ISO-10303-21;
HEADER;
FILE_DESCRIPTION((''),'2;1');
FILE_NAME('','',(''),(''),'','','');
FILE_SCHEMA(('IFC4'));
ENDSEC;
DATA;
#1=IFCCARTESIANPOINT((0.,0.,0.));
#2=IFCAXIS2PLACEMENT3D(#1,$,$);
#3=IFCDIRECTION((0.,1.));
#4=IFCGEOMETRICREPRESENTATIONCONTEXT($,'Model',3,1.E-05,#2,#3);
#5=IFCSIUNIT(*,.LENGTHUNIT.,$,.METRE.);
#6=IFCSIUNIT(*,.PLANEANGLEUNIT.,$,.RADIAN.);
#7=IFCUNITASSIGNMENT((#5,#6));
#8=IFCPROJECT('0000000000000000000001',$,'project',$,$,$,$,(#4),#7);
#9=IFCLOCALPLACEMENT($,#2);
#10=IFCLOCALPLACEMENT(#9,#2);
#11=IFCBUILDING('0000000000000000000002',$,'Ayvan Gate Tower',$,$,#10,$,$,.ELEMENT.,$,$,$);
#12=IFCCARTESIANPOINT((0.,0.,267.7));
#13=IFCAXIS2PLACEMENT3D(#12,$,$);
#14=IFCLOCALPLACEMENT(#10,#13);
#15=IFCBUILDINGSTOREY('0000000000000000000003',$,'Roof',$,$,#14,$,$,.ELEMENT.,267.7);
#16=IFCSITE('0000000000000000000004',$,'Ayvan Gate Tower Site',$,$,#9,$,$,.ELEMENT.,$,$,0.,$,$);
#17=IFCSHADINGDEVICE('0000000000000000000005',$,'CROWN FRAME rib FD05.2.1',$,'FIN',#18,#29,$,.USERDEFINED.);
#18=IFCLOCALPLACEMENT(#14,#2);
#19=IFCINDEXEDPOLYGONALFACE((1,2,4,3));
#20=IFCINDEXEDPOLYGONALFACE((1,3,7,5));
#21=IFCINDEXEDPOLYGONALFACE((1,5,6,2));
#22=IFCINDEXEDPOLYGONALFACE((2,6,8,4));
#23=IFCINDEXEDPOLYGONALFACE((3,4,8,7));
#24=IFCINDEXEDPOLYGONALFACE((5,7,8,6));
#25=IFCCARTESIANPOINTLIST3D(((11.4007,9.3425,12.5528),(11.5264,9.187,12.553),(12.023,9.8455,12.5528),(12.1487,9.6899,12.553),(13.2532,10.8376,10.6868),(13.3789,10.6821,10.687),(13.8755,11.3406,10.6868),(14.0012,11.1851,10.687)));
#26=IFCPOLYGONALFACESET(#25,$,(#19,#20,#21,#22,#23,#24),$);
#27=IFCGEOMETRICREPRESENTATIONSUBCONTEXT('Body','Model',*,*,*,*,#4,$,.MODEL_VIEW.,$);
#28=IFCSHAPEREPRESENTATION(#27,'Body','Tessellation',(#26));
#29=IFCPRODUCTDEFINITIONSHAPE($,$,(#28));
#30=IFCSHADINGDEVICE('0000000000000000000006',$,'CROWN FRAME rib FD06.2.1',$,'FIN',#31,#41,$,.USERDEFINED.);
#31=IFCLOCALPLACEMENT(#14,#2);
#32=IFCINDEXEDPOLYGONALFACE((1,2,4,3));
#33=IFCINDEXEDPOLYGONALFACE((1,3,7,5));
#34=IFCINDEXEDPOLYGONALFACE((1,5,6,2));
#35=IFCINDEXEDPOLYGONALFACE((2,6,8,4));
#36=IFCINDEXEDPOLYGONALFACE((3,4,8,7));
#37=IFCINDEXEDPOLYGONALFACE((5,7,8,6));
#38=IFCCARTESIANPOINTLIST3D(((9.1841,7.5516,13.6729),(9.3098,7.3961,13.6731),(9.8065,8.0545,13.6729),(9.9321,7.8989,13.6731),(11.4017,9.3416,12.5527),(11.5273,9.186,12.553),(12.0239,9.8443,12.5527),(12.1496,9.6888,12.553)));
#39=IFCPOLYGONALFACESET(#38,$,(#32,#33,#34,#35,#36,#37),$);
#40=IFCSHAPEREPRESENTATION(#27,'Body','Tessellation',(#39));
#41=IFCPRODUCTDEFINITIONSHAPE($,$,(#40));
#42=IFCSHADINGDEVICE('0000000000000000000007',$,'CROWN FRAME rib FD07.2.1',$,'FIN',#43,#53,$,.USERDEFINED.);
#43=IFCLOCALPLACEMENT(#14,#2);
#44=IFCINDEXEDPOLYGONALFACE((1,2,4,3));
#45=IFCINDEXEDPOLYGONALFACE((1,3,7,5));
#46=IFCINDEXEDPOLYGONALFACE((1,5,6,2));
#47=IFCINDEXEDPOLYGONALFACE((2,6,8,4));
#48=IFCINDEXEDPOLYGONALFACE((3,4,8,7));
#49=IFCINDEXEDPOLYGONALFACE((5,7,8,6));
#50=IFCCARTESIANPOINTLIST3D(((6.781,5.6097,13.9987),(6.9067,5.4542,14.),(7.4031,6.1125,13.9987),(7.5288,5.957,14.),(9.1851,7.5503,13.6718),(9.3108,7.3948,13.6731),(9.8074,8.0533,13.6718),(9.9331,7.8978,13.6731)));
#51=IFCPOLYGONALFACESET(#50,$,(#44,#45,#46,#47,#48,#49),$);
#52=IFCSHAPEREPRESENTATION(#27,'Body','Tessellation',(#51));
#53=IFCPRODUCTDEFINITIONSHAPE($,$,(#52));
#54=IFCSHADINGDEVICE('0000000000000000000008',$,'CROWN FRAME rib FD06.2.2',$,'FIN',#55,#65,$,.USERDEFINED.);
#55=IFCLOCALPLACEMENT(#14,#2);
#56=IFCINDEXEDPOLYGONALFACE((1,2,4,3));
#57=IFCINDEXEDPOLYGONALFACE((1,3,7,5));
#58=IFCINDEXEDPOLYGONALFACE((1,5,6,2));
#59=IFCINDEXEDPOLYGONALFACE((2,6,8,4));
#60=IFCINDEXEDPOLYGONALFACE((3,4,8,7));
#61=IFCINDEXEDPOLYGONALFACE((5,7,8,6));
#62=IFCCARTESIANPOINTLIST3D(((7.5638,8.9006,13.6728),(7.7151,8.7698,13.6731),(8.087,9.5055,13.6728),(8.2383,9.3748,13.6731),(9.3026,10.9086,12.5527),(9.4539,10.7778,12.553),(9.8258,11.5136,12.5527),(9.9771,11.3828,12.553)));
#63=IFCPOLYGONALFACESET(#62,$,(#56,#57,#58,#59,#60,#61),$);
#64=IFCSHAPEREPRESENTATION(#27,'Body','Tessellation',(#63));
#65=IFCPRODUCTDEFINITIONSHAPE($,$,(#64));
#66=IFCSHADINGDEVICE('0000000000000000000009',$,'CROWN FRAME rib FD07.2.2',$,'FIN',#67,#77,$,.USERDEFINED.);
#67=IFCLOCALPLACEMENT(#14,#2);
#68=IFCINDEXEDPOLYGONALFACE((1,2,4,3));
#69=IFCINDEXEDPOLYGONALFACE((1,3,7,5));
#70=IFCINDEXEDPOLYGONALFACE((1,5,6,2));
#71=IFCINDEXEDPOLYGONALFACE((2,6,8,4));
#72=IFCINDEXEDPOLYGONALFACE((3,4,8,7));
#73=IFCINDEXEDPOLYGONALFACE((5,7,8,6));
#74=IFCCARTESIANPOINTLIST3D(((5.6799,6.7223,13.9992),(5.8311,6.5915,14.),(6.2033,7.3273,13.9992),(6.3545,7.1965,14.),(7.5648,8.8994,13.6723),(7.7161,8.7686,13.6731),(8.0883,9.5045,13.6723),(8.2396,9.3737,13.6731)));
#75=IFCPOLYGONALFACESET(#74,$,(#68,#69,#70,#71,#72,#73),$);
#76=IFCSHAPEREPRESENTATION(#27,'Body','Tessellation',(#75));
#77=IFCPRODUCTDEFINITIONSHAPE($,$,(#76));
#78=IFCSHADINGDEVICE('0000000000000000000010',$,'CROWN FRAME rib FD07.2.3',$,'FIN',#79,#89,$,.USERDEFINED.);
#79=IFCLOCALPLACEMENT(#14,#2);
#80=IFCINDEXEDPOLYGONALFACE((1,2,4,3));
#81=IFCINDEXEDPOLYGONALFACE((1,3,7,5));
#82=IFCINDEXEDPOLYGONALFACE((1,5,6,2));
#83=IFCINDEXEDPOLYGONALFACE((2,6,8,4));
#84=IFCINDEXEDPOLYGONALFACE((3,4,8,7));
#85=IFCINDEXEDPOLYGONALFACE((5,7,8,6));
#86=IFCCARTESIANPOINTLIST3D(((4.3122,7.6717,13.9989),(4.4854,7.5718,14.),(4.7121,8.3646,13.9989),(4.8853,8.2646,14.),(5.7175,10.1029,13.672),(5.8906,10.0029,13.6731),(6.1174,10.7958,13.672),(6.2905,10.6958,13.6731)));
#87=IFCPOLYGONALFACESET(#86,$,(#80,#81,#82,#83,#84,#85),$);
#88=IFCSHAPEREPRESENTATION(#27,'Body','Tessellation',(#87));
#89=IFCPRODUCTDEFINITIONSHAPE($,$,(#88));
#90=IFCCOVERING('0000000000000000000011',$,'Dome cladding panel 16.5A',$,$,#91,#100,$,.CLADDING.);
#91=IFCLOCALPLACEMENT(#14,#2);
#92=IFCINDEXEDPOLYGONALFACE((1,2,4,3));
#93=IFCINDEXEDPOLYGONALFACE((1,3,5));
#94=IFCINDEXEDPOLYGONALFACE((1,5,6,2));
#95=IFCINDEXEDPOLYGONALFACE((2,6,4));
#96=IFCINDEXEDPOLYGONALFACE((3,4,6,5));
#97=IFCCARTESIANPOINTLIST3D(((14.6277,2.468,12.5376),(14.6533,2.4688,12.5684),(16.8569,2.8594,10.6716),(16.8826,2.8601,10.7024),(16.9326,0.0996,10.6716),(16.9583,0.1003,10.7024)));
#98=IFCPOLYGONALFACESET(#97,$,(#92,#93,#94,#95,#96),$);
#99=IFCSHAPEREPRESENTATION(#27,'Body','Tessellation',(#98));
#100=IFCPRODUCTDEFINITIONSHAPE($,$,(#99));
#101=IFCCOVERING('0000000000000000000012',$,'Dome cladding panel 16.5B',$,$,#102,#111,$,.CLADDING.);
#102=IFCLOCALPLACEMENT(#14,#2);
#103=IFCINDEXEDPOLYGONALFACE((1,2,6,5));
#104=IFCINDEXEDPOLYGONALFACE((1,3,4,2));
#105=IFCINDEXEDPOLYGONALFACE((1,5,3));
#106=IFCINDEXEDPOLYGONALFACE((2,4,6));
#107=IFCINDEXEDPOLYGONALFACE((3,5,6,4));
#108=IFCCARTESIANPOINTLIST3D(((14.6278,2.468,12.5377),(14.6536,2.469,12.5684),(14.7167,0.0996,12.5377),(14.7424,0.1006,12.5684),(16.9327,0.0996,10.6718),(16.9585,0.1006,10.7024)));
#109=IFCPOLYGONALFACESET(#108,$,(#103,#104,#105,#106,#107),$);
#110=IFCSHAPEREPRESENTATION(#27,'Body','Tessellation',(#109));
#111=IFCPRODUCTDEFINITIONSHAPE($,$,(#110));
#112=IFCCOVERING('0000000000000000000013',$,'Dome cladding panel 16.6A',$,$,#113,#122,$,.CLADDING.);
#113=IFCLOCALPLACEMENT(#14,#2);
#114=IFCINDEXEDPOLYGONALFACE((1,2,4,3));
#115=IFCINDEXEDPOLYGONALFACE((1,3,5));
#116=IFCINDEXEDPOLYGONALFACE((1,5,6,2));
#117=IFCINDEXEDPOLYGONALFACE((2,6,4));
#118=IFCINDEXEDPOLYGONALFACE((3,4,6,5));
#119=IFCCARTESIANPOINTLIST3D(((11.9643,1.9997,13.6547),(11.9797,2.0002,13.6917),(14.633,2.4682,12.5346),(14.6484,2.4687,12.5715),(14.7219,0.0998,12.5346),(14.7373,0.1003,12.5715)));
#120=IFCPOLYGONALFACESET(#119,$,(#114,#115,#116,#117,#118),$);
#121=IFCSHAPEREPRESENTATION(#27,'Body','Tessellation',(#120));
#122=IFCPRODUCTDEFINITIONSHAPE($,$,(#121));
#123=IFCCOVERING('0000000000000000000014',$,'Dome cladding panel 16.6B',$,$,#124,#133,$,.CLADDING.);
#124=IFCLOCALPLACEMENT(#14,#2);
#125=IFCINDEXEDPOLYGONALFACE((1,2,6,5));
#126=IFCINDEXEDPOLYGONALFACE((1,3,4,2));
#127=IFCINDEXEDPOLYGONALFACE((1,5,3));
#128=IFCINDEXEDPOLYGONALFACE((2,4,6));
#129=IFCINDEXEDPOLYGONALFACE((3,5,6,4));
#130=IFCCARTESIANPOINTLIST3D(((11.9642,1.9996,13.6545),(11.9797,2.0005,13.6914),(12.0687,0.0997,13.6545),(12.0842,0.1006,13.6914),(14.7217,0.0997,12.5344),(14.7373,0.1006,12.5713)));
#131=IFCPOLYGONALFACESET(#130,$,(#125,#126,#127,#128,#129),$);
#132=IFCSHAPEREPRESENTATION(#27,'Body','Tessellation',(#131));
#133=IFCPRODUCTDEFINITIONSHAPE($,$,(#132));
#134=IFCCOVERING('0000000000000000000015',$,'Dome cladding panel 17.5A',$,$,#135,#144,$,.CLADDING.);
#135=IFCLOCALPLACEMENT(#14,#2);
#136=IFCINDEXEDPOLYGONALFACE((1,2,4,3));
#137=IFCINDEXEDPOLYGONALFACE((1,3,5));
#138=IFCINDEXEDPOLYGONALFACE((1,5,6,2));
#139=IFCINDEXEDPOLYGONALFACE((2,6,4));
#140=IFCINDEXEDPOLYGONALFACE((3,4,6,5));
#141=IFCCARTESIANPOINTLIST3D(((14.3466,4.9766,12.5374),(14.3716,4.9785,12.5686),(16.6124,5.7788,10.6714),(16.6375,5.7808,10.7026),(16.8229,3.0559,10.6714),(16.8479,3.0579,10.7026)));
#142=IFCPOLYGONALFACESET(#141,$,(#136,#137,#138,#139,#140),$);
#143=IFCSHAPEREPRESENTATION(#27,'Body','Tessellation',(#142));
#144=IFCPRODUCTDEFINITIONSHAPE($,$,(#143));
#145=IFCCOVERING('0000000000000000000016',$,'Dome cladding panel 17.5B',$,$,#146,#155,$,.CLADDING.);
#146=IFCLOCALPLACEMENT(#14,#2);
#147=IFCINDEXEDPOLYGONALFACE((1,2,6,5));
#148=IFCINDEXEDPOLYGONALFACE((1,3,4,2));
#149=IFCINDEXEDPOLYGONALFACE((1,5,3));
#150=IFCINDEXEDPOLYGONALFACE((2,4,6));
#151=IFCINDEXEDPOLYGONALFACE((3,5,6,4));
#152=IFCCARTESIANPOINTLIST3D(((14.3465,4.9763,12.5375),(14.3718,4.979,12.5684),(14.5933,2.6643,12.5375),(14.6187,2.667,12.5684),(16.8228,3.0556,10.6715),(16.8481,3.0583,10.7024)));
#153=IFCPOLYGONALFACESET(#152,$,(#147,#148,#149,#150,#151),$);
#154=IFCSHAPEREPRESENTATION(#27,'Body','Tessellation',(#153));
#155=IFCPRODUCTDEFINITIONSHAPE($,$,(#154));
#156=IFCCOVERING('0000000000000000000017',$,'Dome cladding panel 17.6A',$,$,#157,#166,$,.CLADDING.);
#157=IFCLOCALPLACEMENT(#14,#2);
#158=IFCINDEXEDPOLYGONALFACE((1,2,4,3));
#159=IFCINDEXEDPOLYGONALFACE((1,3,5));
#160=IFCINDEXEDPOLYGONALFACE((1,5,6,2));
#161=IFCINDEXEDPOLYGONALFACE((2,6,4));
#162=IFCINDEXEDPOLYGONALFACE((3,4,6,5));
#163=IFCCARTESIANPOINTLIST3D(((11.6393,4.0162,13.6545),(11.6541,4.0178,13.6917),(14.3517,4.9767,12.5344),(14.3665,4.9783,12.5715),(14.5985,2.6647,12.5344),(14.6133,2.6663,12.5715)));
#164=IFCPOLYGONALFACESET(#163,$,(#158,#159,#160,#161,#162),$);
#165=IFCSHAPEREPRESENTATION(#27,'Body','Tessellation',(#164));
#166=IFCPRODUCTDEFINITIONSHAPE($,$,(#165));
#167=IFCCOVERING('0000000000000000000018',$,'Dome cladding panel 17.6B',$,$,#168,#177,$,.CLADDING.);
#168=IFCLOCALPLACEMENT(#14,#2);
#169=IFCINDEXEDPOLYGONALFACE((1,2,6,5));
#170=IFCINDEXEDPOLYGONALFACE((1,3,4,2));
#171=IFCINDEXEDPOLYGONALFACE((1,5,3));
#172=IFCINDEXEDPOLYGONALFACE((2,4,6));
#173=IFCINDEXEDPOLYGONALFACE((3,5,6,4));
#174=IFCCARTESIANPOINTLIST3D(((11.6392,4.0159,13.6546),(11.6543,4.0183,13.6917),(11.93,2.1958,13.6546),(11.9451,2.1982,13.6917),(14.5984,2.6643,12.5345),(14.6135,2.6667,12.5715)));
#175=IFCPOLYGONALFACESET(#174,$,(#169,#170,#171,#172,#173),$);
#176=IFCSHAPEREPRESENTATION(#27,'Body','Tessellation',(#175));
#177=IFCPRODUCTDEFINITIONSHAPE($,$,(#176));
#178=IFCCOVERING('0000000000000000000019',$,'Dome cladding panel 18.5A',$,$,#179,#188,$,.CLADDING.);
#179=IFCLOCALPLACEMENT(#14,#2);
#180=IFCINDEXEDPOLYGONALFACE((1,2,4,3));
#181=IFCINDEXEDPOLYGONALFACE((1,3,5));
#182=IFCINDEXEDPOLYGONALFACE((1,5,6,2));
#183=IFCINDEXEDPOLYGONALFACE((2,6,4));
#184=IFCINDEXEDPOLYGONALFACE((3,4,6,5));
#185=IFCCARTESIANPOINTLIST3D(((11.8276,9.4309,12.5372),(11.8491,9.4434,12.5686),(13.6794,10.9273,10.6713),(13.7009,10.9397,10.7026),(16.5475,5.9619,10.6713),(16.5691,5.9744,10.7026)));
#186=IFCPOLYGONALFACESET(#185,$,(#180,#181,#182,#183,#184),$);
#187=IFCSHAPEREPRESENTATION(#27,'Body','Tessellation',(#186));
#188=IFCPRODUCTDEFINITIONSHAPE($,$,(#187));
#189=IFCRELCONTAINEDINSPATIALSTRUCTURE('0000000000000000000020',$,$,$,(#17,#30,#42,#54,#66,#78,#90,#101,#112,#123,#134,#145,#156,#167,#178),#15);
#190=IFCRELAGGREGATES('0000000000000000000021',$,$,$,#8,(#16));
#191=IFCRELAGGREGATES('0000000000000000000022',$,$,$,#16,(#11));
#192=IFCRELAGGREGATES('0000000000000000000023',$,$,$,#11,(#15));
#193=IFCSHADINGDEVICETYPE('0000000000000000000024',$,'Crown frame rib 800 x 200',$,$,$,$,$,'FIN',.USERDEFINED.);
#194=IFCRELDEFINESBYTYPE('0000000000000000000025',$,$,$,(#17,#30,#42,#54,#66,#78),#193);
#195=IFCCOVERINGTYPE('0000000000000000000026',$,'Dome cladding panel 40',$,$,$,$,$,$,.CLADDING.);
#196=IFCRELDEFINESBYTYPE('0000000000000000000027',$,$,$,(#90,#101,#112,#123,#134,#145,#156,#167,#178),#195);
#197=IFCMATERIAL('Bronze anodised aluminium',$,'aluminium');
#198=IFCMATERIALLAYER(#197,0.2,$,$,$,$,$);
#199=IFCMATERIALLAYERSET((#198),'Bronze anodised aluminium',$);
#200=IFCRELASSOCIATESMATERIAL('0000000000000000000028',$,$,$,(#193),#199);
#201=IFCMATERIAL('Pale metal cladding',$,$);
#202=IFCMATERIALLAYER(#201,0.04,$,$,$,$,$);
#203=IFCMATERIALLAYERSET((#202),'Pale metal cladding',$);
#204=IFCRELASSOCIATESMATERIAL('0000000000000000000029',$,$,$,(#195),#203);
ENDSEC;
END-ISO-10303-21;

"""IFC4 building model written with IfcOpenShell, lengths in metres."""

from ifc_helpers import new_model, si_unit, direction, frame, origin, place, context, subcontext, project, spatial, polyline, outline, extrude, material, layer, layer_set, type_object, element, save


model = new_model("IFC4")

# Units and contexts
model_context = context("Model", 3, precision=1e-05, world=origin(), true_north=direction((0.0, 1.0)))
body_context = subcontext(model_context, "Body", "Model", "MODEL_VIEW")
ifc_project = project(units=[si_unit("LENGTHUNIT", "METRE"), si_unit("PLANEANGLEUNIT", "RADIAN")], contexts=[model_context])

# Site, building, storey
site_placement = place(None, origin())
site = spatial("IfcSite", under=ifc_project, at=site_placement, Name="Ayvan Gate Tower Site", CompositionType="ELEMENT", RefElevation=0.0)
building_placement = place(site_placement, origin())
building = spatial("IfcBuilding", under=site, at=building_placement, Name="Ayvan Gate Tower", CompositionType="ELEMENT")
storey_placement = place(building_placement, frame((0.0, 0.0, 267.7)))
storey = spatial("IfcBuildingStorey", under=building, at=storey_placement, Name="Roof", CompositionType="ELEMENT", Elevation=267.7)

# Shading devices
ifc_material_1 = material(Name="Bronze anodised aluminium", Category="aluminium")
ifc_layer_1 = layer(ifc_material_1, 0.2)
ifc_layer_set_1 = layer_set([ifc_layer_1], Name="Bronze anodised aluminium")
shading_device_type = type_object("IfcShadingDeviceType", Name="Crown frame rib 800 x 200", ElementType="FIN", PredefinedType="USERDEFINED", material=ifc_layer_set_1)
shading_device_1_placement = place(storey_placement, frame((13.3789, 10.6821, 10.687), z_axis=(0.628557, -0.777763, 0.000847), x_axis=(0.777763, 0.628557, 0.0)))
element("IfcShadingDevice", 1, at=shading_device_1_placement, inside=storey, type_object=shading_device_type, Name="CROWN FRAME rib FD05.2.1", ObjectType="FIN", PredefinedType="USERDEFINED", context=body_context, shape_type="SweptSolid", body=[
    extrude(outline(polyline([(0.0, 0.0), (0.8001, 0.0), (-1.5805, 1.866), (-2.3806, 1.866), (0.0, 0.0)])), origin(), (0.0, 0.0, -1.0), 0.2),
])
shading_device_2_placement = place(storey_placement, frame((11.5273, 9.186, 12.553), z_axis=(0.628464, -0.777837, 0.001227), x_axis=(0.777838, 0.628465, 0.0)))
element("IfcShadingDevice", 2, at=shading_device_2_placement, inside=storey, type_object=shading_device_type, Name="CROWN FRAME rib FD06.2.1", ObjectType="FIN", PredefinedType="USERDEFINED", context=body_context, shape_type="SweptSolid", body=[
    extrude(outline(polyline([(0.0, 0.0), (0.8, 0.0), (-2.0497, 1.1201), (-2.8499, 1.1201), (0.0, 0.0)])), origin(), (0.0, 0.0, -1.0), 0.2),
])
shading_device_3_placement = place(storey_placement, frame((9.3108, 7.3948, 13.6731), z_axis=(0.628619, -0.777687, 0.006341), x_axis=(0.777703, 0.628632, -0.000001)))
element("IfcShadingDevice", 3, at=shading_device_3_placement, inside=storey, type_object=shading_device_type, Name="CROWN FRAME rib FD07.2.1", ObjectType="FIN", PredefinedType="USERDEFINED", context=body_context, shape_type="SweptSolid", body=[
    extrude(outline(polyline([(0.0, 0.0), (0.8001, 0.0), (-2.2897, 0.3269), (-3.0896, 0.3269), (0.0, 0.0)])), origin(), (0.0, 0.0, -1.0), 0.2),
])
shading_device_4_placement = place(storey_placement, frame((9.4539, 10.7778, 12.553), z_axis=(0.756383, -0.654128, 0.001473), x_axis=(0.654128, 0.756384, 0.0)))
element("IfcShadingDevice", 4, at=shading_device_4_placement, inside=storey, type_object=shading_device_type, Name="CROWN FRAME rib FD06.2.2", ObjectType="FIN", PredefinedType="USERDEFINED", context=body_context, shape_type="SweptSolid", body=[
    extrude(outline(polyline([(0.0, 0.0), (0.7998, 0.0), (-1.8564, 1.1201), (-2.6562, 1.1201), (0.0, 0.0)])), origin(), (0.0, 0.0, -1.0), 0.2),
])
shading_device_5_placement = place(storey_placement, frame((7.7161, 8.7686, 13.6731), z_axis=(0.756292, -0.654222, 0.00396), x_axis=(0.654227, 0.756298, 0.0)))
element("IfcShadingDevice", 5, at=shading_device_5_placement, inside=storey, type_object=shading_device_type, Name="CROWN FRAME rib FD07.2.2", ObjectType="FIN", PredefinedType="USERDEFINED", context=body_context, shape_type="SweptSolid", body=[
    extrude(outline(polyline([(0.0, 0.0), (0.8002, 0.0), (-2.0797, 0.3269), (-2.8797, 0.3269), (0.0, 0.0)])), origin(), (0.0, 0.0, -1.0), 0.2),
])
shading_device_6_placement = place(storey_placement, frame((5.8906, 10.0029, 13.6731), z_axis=(0.866081, -0.499873, 0.005544), x_axis=(0.499881, 0.866094, 0.0)))
element("IfcShadingDevice", 6, at=shading_device_6_placement, inside=storey, type_object=shading_device_type, Name="CROWN FRAME rib FD07.2.3", ObjectType="FIN", PredefinedType="USERDEFINED", context=body_context, shape_type="SweptSolid", body=[
    extrude(outline(polyline([(0.0, 0.0), (0.8, 0.0), (-2.0081, 0.3269), (-2.8081, 0.3269), (0.0, 0.0)])), origin(), (0.0, 0.0, -1.0), 0.2),
])

# Coverings
ifc_material_2 = material(Name="Pale metal cladding")
ifc_layer_2 = layer(ifc_material_2, 0.04)
ifc_layer_set_2 = layer_set([ifc_layer_2], Name="Pale metal cladding")
covering_type = type_object("IfcCoveringType", Name="Dome cladding panel 40", PredefinedType="CLADDING", material=ifc_layer_set_2)
covering_1_placement = place(storey_placement, frame((16.9583, 0.1003, 10.7024), z_axis=(0.639947, 0.01755, 0.768218), x_axis=(-0.027414, 0.999624, 0.0)))
element("IfcCovering", 7, at=covering_1_placement, inside=storey, type_object=covering_type, Name="Dome cladding panel 16.5A", PredefinedType="CLADDING", context=body_context, shape_type="SweptSolid", body=[
    extrude(outline(polyline([(0.0, 0.0), (2.7608, 0.0), (2.4307, 2.9147), (0.0, 0.0)])), origin(), (0.0, 0.0, -1.0), 0.04),
])
covering_2_placement = place(storey_placement, frame((16.9585, 0.1006, 10.7024), z_axis=(0.643909, 0.024161, 0.764721), x_axis=(-0.607321, 0.624046, 0.491659)))
element("IfcCovering", 8, at=covering_2_placement, inside=storey, type_object=covering_type, Name="Dome cladding panel 16.5B", PredefinedType="CLADDING", context=body_context, shape_type="SweptSolid", body=[
    extrude(outline(polyline([(0.0, 0.0), (3.7952, 0.0), (2.2633, 1.8084), (0.0, 0.0)])), origin(), (0.0, 0.0, -1.0), 0.04),
])
covering_3_placement = place(storey_placement, frame((14.7373, 0.1003, 12.5715), z_axis=(0.384819, 0.014439, 0.922879), x_axis=(-0.037496, 0.999297, 0.0)))
element("IfcCovering", 9, at=covering_3_placement, inside=storey, type_object=covering_type, Name="Dome cladding panel 16.6A", PredefinedType="CLADDING", context=body_context, shape_type="SweptSolid", body=[
    extrude(outline(polyline([(0.0, 0.0), (2.3701, 0.0), (2.002, 2.9087), (0.0, 0.0)])), origin(), (0.0, 0.0, -1.0), 0.04),
])
covering_4_placement = place(storey_placement, frame((14.7373, 0.1006, 12.5713), z_axis=(0.388862, 0.021387, 0.921048), x_axis=(-0.780944, 0.538052, 0.317217)))
element("IfcCovering", 10, at=covering_4_placement, inside=storey, type_object=covering_type, Name="Dome cladding panel 16.6B", PredefinedType="CLADDING", context=body_context, shape_type="SweptSolid", body=[
    extrude(outline(polyline([(0.0, 0.0), (3.5311, 0.0), (2.4272, 1.5499), (0.0, 0.0)])), origin(), (0.0, 0.0, -1.0), 0.04),
])
covering_5_placement = place(storey_placement, frame((16.8479, 3.0579, 10.7026), z_axis=(0.624715, 0.048283, 0.779359), x_axis=(-0.077059, 0.997027, 0.0)))
element("IfcCovering", 11, at=covering_5_placement, inside=storey, type_object=covering_type, Name="Dome cladding panel 17.5A", PredefinedType="CLADDING", context=body_context, shape_type="SweptSolid", body=[
    extrude(outline(polyline([(0.0, 0.0), (2.731, 0.0), (2.1058, 2.978), (0.0, 0.0)])), origin(), (0.0, 0.0, -1.0), 0.04),
])
covering_6_placement = place(storey_placement, frame((16.8481, 3.0583, 10.7024), z_axis=(0.633343, 0.067615, 0.770912), x_axis=(-0.678943, 0.526594, 0.5116)))
element("IfcCovering", 12, at=covering_6_placement, inside=storey, type_object=covering_type, Name="Dome cladding panel 17.5B", PredefinedType="CLADDING", context=body_context, shape_type="SweptSolid", body=[
    extrude(outline(polyline([(0.0, 0.0), (3.6473, 0.0), (2.2622, 1.8676), (0.0, 0.0)])), origin(), (0.0, 0.0, -1.0), 0.04),
])
covering_7_placement = place(storey_placement, frame((14.6133, 2.6663, 12.5715), z_axis=(0.369436, 0.03944, 0.928419), x_axis=(-0.106155, 0.99435, 0.0)))
element("IfcCovering", 13, at=covering_7_placement, inside=storey, type_object=covering_type, Name="Dome cladding panel 17.6A", PredefinedType="CLADDING", context=body_context, shape_type="SweptSolid", body=[
    extrude(outline(polyline([(0.0, 0.0), (2.3251, 0.0), (1.6581, 3.0148), (0.0, 0.0)])), origin(), (0.0, 0.0, -1.0), 0.04),
])
covering_8_placement = place(storey_placement, frame((14.6135, 2.6667, 12.5715), z_axis=(0.377326, 0.060281, 0.924117), x_axis=(-0.860066, 0.392816, 0.325549)))
element("IfcCovering", 14, at=covering_8_placement, inside=storey, type_object=covering_type, Name="Dome cladding panel 17.6B", PredefinedType="CLADDING", context=body_context, shape_type="SweptSolid", body=[
    extrude(outline(polyline([(0.0, 0.0), (3.4407, 0.0), (2.4757, 1.5703), (0.0, 0.0)])), origin(), (0.0, 0.0, -1.0), 0.04),
])
covering_9_placement = place(storey_placement, frame((16.5691, 5.9744, 10.7026), z_axis=(0.538186, 0.310877, 0.783397), x_axis=(-0.500187, 0.865918, 0.0)))
element("IfcCovering", 15, at=covering_9_placement, inside=storey, type_object=covering_type, Name="Dome cladding panel 18.5A", PredefinedType="CLADDING", context=body_context, shape_type="SweptSolid", body=[
    extrude(outline(polyline([(0.0, 0.0), (5.7342, 0.0), (5.3647, 3.0023), (0.0, 0.0)])), origin(), (0.0, 0.0, -1.0), 0.04),
])

save(model, "model.ifc")
